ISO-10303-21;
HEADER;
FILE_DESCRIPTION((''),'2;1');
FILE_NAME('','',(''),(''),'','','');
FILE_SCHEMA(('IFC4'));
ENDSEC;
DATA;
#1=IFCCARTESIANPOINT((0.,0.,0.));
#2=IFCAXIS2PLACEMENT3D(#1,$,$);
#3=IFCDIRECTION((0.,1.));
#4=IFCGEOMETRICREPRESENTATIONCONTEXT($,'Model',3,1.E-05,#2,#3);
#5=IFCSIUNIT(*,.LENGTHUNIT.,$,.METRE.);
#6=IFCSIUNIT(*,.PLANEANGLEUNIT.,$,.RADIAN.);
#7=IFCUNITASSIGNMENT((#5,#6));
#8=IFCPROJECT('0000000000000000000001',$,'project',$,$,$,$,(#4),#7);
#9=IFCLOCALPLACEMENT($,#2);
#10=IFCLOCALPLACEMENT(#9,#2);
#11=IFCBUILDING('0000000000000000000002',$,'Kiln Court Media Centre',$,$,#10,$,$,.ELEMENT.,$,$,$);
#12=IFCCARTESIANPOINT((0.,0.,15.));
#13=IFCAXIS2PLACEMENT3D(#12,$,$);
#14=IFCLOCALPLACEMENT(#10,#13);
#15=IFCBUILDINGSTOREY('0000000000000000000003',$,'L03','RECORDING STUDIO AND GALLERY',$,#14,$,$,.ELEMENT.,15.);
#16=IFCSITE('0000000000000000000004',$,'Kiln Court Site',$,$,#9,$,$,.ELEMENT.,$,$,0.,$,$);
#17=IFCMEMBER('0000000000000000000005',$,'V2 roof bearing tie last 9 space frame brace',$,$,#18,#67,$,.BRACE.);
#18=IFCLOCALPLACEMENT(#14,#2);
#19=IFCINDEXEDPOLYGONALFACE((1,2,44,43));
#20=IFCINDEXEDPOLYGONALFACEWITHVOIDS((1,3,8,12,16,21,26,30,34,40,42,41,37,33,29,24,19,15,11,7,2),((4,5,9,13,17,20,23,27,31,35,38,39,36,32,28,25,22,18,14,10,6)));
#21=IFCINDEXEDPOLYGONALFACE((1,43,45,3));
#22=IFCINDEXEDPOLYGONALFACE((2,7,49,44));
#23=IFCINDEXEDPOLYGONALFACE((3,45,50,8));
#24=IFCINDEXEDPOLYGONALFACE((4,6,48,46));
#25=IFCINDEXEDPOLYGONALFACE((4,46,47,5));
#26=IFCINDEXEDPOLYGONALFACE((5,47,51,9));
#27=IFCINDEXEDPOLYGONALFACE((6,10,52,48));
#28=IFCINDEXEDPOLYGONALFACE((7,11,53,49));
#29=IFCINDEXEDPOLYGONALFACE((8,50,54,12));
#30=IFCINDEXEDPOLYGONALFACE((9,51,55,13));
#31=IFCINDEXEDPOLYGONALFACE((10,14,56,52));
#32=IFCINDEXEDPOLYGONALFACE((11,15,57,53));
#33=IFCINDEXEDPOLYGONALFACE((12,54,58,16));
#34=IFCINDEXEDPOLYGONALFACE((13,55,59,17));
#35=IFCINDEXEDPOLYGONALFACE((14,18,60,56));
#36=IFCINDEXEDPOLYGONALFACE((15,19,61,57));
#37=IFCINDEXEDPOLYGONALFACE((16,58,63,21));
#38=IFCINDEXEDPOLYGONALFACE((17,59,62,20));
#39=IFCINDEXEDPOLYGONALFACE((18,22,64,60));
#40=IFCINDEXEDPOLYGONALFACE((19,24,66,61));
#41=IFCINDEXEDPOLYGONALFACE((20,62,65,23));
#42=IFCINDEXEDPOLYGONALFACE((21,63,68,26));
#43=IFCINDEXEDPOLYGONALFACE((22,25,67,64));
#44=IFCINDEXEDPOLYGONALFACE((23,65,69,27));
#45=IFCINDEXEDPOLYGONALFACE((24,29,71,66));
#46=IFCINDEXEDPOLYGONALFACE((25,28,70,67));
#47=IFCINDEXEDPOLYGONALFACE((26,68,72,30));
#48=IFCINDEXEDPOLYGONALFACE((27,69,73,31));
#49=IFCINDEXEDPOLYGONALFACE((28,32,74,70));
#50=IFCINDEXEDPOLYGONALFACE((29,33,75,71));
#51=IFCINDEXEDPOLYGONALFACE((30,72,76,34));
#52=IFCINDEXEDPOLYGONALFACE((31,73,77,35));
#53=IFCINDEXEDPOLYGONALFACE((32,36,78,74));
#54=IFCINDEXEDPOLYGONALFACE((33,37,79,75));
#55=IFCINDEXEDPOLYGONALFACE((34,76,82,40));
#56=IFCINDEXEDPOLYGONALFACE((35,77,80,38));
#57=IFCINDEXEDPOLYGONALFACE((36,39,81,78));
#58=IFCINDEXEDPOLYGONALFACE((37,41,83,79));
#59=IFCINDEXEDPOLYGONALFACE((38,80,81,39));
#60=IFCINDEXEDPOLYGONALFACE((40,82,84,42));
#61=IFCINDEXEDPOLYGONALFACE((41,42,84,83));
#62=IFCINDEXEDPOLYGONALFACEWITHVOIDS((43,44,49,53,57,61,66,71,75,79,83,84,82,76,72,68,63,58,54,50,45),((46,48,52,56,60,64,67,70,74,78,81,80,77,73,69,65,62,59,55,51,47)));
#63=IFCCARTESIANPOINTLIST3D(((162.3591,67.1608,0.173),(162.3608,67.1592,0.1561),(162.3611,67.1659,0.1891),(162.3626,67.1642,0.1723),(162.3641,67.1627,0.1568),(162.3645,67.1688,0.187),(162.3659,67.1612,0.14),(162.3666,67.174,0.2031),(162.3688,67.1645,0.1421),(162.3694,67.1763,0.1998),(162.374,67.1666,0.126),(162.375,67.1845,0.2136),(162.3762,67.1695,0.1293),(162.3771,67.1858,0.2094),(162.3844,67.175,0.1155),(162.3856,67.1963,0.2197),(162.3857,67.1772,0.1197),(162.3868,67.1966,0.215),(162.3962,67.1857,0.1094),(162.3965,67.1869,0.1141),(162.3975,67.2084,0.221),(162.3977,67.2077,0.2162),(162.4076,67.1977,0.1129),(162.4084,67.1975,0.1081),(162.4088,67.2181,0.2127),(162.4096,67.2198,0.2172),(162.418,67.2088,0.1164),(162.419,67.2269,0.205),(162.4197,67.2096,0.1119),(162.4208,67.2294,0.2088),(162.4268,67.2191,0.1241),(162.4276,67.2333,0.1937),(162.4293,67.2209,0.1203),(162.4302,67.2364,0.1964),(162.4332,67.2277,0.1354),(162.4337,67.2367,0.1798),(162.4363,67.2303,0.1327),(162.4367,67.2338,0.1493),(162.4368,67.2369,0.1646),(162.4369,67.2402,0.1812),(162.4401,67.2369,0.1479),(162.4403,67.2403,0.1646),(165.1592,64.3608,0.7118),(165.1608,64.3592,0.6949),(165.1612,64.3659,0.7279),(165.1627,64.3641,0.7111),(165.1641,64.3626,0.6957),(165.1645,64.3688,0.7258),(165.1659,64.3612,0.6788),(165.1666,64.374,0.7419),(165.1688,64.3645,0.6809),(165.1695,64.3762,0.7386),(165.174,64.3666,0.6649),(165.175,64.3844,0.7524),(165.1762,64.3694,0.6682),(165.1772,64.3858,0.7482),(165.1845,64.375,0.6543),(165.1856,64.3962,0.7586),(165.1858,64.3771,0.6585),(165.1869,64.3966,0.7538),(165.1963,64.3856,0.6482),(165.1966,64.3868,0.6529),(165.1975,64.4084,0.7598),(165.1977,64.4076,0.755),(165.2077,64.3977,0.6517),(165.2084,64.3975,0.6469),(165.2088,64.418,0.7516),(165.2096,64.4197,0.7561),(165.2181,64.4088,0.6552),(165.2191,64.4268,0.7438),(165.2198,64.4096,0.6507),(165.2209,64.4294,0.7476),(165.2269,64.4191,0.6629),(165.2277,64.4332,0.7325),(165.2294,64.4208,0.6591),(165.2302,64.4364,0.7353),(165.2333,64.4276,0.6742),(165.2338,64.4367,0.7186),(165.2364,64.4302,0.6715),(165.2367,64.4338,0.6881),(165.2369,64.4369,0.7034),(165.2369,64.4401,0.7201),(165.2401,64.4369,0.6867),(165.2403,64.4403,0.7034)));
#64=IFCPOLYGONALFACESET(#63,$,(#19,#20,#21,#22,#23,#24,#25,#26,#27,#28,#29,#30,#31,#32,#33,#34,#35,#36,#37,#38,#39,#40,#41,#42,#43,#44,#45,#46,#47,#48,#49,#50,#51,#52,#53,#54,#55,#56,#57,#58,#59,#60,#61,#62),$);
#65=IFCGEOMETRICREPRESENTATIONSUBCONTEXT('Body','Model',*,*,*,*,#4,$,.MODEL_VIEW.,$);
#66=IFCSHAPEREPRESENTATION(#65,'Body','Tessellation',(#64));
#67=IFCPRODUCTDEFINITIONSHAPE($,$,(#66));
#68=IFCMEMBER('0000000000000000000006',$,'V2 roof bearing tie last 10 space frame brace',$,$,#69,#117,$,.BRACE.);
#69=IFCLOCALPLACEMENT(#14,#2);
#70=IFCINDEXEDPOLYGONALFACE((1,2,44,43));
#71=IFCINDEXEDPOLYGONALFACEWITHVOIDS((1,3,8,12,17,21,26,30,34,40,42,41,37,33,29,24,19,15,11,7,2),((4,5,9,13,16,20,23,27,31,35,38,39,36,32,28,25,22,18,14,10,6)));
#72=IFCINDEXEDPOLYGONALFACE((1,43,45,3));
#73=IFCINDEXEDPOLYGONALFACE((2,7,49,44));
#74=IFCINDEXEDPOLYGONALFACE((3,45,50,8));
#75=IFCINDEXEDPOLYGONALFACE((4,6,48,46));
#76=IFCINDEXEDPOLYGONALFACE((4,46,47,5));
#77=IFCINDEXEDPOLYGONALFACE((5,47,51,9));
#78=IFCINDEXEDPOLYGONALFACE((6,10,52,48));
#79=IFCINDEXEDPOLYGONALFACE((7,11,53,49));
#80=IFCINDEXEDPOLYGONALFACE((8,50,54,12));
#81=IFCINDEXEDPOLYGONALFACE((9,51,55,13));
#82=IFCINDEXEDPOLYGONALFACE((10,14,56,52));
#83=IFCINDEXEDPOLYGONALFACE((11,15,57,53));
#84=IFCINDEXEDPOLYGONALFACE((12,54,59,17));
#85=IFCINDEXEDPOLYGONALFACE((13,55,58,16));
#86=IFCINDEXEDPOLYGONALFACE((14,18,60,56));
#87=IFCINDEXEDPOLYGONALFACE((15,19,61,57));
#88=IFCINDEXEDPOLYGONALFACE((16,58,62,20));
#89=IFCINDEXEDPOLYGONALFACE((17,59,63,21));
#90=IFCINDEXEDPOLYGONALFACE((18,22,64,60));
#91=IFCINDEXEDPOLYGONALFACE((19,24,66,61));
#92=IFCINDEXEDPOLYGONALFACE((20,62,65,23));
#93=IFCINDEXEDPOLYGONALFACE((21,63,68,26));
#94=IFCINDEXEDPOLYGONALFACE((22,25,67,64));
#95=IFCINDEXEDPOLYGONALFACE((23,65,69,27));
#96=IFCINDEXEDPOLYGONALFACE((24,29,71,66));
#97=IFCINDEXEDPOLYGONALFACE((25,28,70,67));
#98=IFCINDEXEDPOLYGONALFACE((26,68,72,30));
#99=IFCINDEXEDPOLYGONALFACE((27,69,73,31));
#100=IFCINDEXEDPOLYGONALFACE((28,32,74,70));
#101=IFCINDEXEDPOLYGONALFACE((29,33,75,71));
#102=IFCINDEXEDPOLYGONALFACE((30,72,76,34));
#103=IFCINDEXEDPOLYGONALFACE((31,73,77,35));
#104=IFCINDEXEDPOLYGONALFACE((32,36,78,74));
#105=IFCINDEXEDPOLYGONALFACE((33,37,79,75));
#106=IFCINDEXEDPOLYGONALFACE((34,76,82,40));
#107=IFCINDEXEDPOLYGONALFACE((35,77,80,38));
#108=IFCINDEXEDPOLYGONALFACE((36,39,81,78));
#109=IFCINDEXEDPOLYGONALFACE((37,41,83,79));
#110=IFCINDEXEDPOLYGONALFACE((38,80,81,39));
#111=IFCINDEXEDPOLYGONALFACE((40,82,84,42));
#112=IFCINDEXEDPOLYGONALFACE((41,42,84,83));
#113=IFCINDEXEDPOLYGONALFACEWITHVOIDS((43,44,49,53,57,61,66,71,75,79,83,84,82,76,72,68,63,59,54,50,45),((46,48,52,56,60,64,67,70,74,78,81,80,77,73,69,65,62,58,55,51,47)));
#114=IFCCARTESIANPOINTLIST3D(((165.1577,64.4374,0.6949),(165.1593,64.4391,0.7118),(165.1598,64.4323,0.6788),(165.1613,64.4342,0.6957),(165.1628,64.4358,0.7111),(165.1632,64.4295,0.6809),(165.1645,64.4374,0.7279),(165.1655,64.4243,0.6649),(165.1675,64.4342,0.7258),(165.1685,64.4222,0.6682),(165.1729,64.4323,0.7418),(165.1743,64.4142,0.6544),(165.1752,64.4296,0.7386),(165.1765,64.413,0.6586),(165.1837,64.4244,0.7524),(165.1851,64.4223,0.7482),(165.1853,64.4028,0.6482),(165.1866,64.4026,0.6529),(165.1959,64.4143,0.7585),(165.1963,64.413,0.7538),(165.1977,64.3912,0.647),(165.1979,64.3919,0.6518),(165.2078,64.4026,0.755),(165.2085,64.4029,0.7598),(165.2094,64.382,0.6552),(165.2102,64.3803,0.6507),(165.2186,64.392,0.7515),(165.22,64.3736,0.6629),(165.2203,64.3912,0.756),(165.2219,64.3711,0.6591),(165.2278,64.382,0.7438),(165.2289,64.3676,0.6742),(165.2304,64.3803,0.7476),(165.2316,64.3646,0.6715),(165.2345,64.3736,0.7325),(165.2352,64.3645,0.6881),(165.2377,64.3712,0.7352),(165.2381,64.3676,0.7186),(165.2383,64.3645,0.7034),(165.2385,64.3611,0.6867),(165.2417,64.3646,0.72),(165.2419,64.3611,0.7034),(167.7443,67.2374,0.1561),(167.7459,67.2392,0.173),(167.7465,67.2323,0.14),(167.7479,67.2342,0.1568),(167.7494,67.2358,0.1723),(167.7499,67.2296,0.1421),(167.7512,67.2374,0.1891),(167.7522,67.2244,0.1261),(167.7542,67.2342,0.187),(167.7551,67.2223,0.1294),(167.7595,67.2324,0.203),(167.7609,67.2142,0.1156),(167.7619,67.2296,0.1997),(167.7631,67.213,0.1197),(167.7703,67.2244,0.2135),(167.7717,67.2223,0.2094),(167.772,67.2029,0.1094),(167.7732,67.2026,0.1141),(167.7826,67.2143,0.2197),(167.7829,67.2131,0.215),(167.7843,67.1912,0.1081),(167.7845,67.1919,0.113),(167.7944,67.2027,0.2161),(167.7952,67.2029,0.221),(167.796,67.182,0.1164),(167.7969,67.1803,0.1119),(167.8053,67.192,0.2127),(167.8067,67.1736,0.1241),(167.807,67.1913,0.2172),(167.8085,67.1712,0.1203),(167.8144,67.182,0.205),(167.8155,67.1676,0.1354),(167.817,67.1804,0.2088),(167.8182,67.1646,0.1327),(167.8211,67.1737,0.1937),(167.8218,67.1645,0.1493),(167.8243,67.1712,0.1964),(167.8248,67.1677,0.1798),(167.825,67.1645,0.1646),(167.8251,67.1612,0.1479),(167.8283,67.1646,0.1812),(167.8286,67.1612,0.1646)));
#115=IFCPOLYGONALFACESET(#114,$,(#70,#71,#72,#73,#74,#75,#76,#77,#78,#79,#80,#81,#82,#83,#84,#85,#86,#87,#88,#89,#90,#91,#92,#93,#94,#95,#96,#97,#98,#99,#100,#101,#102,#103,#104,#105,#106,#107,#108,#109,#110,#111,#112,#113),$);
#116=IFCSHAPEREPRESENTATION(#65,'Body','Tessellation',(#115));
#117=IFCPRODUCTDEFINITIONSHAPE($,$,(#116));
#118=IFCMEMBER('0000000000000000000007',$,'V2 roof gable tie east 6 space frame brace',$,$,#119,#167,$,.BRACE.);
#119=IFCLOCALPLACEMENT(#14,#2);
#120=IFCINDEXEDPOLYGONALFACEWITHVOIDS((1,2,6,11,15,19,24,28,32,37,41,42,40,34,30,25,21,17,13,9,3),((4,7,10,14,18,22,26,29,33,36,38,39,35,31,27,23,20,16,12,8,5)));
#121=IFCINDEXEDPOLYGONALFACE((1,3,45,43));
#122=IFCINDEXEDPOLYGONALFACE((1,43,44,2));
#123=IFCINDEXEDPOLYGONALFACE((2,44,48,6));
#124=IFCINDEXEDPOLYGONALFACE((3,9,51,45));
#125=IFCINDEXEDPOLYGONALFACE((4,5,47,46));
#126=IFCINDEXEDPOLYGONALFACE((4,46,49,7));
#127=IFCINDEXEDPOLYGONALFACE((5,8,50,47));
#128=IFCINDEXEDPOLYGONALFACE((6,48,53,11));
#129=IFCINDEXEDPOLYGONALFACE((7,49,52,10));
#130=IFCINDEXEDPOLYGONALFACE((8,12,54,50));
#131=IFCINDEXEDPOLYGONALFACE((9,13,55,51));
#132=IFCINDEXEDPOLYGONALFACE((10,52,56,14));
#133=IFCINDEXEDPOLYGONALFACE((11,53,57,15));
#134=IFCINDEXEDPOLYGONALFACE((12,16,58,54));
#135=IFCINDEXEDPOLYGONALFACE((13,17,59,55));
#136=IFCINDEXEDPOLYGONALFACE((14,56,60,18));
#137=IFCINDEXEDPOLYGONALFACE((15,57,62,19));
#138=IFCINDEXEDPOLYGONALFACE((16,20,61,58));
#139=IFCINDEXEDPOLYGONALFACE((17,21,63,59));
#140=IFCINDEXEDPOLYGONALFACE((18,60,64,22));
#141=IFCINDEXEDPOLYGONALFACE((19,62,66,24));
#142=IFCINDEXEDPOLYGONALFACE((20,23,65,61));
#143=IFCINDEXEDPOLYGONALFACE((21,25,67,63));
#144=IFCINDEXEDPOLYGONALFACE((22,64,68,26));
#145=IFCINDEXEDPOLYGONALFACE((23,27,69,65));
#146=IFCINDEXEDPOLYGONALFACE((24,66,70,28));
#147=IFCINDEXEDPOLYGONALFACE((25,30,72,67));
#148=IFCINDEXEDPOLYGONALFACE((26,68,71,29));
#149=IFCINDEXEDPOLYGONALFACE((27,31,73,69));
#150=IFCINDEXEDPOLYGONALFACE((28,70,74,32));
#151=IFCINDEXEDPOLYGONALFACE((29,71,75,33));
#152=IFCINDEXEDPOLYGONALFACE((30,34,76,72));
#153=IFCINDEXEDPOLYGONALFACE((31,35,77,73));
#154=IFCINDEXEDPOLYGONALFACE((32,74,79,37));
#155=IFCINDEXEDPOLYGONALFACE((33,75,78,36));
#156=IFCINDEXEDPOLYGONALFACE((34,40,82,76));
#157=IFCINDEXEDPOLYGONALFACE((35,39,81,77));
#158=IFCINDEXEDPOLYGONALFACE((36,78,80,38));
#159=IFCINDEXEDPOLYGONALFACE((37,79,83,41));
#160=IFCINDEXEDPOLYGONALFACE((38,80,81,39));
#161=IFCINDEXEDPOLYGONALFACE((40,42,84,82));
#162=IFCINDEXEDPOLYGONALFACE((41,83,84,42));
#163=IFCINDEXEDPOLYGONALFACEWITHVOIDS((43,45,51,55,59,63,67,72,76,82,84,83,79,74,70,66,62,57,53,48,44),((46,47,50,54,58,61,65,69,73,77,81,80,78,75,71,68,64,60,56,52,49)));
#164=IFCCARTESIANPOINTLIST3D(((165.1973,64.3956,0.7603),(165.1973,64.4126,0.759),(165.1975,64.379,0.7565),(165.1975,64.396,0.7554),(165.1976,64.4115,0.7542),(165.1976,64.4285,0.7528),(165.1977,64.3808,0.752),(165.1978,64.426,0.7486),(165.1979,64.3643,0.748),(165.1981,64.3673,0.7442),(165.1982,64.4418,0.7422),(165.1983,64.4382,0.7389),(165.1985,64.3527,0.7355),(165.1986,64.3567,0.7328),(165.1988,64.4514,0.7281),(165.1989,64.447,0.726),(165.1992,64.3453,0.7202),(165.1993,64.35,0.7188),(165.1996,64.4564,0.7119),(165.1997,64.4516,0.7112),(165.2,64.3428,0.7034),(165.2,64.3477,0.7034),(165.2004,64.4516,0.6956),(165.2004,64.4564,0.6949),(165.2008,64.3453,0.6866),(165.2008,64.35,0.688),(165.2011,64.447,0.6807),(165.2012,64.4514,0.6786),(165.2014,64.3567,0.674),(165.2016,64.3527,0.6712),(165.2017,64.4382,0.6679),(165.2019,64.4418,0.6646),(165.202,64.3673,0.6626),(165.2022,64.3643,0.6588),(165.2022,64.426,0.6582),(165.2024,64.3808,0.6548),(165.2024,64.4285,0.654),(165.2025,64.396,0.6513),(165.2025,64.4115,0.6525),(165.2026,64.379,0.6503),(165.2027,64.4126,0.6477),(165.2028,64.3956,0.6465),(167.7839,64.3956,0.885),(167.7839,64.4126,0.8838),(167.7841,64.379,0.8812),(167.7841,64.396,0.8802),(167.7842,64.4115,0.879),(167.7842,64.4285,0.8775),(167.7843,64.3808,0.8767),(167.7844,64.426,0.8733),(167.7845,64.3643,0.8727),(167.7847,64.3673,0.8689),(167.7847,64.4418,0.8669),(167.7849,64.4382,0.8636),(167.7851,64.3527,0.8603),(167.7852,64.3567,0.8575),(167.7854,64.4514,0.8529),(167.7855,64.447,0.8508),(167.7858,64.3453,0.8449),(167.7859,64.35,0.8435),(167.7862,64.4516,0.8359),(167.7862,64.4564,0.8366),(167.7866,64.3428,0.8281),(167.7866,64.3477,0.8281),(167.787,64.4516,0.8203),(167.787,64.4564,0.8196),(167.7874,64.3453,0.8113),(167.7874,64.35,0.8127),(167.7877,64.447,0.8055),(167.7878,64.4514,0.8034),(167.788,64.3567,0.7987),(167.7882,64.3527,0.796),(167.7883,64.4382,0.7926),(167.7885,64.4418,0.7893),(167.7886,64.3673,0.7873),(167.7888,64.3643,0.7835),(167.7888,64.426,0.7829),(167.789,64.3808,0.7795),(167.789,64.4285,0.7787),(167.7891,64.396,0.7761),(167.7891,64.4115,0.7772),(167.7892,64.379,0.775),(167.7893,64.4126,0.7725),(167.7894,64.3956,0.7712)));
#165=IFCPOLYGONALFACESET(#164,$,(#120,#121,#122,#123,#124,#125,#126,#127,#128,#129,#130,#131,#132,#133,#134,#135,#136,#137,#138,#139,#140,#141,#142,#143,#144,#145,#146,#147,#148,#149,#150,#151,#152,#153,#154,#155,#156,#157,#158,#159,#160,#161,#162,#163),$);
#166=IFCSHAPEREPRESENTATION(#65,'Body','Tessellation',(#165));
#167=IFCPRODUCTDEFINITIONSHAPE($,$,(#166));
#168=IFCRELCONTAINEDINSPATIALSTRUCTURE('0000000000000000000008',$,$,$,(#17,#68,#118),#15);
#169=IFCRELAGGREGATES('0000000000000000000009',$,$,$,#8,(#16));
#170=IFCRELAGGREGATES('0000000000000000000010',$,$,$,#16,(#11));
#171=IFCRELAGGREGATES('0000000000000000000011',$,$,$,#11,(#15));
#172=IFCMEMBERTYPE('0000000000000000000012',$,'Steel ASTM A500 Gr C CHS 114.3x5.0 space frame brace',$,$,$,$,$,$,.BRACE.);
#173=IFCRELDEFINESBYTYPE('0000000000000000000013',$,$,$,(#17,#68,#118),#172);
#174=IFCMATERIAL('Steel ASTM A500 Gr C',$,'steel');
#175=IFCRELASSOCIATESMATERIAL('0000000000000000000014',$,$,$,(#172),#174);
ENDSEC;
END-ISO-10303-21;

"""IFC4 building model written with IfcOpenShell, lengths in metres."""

from ifc_helpers import new_model, si_unit, direction, frame, origin, origin_2d, place, context, subcontext, project, spatial, hollow_circle, extrude, material, material_profile, profile_set, type_object, element, save


model = new_model("IFC4")

# Units and contexts
model_context = context("Model", 3, precision=1e-05, world=origin(), true_north=direction((0.0, 1.0)))
body_context = subcontext(model_context, "Body", "Model", "MODEL_VIEW")
ifc_project = project(units=[si_unit("LENGTHUNIT", "METRE"), si_unit("PLANEANGLEUNIT", "RADIAN")], contexts=[model_context])

# Site, building, storey
site_placement = place(None, origin())
site = spatial("IfcSite", under=ifc_project, at=site_placement, Name="Kiln Court Site", CompositionType="ELEMENT", RefElevation=0.0)
building_placement = place(site_placement, origin())
building = spatial("IfcBuilding", under=site, at=building_placement, Name="Kiln Court Media Centre", CompositionType="ELEMENT")
storey_placement = place(building_placement, frame((0.0, 0.0, 15.0)))
storey = spatial("IfcBuildingStorey", under=building, at=storey_placement, Name="L03", Description="RECORDING STUDIO AND GALLERY", CompositionType="ELEMENT", Elevation=15.0)

# Members
ifc_material_1 = material(Name="Steel ASTM A500 Gr C", Category="steel")
ifc_material_profile_1 = material_profile(ifc_material_1, hollow_circle(Radius=0.0571, WallThickness=0.0049, at=origin_2d()), Name="CHS 114.3x5.0")
ifc_profile_set_1 = profile_set([ifc_material_profile_1], Name="Steel ASTM A500 Gr C")
member_type_1 = type_object("IfcMemberType", Name="Steel ASTM A500 Gr C CHS 114.3x5.0 space frame brace", PredefinedType="BRACE", material=ifc_profile_set_1)
member_1_placement = place(storey_placement, frame((162.3999, 67.2, 0.1646), z_axis=(0.70065, -0.70065, 0.134827), x_axis=(0.707107, 0.707107, 0.0)))
element("IfcMember", 1, at=member_1_placement, inside=storey, type_object=member_type_1, Name="V2 roof bearing tie last 9 space frame brace", PredefinedType="BRACE", context=body_context, shape_type="SweptSolid", body=[
    extrude(hollow_circle(Radius=0.0571, WallThickness=0.0049, at=origin_2d()), origin(), (0.0, 0.0, 1.0), 3.9963),
])
member_2_placement = place(storey_placement, frame((167.7866, 67.2, 0.1646), z_axis=(-0.671886, -0.727311, 0.139958), x_axis=(0.734541, -0.678565, 0.0)))
element("IfcMember", 2, at=member_2_placement, inside=storey, type_object=member_type_1, Name="V2 roof bearing tie last 10 space frame brace", PredefinedType="BRACE", context=body_context, shape_type="SweptSolid", body=[
    extrude(hollow_circle(Radius=0.0571, WallThickness=0.0049, at=origin_2d()), origin(), (0.0, 0.0, 1.0), 3.8499),
])
member_3_placement = place(storey_placement, frame((167.7866, 64.3999, 0.8281), z_axis=(-0.998839, 0.0, -0.048174), x_axis=(0.0, -1.0, 0.0)))
element("IfcMember", 3, at=member_3_placement, inside=storey, type_object=member_type_1, Name="V2 roof gable tie east 6 space frame brace", PredefinedType="BRACE", context=body_context, shape_type="SweptSolid", body=[
    extrude(hollow_circle(Radius=0.0571, WallThickness=0.0049, at=origin_2d()), origin(), (0.0, 0.0, 1.0), 2.5896),
])

save(model, "model.ifc")
